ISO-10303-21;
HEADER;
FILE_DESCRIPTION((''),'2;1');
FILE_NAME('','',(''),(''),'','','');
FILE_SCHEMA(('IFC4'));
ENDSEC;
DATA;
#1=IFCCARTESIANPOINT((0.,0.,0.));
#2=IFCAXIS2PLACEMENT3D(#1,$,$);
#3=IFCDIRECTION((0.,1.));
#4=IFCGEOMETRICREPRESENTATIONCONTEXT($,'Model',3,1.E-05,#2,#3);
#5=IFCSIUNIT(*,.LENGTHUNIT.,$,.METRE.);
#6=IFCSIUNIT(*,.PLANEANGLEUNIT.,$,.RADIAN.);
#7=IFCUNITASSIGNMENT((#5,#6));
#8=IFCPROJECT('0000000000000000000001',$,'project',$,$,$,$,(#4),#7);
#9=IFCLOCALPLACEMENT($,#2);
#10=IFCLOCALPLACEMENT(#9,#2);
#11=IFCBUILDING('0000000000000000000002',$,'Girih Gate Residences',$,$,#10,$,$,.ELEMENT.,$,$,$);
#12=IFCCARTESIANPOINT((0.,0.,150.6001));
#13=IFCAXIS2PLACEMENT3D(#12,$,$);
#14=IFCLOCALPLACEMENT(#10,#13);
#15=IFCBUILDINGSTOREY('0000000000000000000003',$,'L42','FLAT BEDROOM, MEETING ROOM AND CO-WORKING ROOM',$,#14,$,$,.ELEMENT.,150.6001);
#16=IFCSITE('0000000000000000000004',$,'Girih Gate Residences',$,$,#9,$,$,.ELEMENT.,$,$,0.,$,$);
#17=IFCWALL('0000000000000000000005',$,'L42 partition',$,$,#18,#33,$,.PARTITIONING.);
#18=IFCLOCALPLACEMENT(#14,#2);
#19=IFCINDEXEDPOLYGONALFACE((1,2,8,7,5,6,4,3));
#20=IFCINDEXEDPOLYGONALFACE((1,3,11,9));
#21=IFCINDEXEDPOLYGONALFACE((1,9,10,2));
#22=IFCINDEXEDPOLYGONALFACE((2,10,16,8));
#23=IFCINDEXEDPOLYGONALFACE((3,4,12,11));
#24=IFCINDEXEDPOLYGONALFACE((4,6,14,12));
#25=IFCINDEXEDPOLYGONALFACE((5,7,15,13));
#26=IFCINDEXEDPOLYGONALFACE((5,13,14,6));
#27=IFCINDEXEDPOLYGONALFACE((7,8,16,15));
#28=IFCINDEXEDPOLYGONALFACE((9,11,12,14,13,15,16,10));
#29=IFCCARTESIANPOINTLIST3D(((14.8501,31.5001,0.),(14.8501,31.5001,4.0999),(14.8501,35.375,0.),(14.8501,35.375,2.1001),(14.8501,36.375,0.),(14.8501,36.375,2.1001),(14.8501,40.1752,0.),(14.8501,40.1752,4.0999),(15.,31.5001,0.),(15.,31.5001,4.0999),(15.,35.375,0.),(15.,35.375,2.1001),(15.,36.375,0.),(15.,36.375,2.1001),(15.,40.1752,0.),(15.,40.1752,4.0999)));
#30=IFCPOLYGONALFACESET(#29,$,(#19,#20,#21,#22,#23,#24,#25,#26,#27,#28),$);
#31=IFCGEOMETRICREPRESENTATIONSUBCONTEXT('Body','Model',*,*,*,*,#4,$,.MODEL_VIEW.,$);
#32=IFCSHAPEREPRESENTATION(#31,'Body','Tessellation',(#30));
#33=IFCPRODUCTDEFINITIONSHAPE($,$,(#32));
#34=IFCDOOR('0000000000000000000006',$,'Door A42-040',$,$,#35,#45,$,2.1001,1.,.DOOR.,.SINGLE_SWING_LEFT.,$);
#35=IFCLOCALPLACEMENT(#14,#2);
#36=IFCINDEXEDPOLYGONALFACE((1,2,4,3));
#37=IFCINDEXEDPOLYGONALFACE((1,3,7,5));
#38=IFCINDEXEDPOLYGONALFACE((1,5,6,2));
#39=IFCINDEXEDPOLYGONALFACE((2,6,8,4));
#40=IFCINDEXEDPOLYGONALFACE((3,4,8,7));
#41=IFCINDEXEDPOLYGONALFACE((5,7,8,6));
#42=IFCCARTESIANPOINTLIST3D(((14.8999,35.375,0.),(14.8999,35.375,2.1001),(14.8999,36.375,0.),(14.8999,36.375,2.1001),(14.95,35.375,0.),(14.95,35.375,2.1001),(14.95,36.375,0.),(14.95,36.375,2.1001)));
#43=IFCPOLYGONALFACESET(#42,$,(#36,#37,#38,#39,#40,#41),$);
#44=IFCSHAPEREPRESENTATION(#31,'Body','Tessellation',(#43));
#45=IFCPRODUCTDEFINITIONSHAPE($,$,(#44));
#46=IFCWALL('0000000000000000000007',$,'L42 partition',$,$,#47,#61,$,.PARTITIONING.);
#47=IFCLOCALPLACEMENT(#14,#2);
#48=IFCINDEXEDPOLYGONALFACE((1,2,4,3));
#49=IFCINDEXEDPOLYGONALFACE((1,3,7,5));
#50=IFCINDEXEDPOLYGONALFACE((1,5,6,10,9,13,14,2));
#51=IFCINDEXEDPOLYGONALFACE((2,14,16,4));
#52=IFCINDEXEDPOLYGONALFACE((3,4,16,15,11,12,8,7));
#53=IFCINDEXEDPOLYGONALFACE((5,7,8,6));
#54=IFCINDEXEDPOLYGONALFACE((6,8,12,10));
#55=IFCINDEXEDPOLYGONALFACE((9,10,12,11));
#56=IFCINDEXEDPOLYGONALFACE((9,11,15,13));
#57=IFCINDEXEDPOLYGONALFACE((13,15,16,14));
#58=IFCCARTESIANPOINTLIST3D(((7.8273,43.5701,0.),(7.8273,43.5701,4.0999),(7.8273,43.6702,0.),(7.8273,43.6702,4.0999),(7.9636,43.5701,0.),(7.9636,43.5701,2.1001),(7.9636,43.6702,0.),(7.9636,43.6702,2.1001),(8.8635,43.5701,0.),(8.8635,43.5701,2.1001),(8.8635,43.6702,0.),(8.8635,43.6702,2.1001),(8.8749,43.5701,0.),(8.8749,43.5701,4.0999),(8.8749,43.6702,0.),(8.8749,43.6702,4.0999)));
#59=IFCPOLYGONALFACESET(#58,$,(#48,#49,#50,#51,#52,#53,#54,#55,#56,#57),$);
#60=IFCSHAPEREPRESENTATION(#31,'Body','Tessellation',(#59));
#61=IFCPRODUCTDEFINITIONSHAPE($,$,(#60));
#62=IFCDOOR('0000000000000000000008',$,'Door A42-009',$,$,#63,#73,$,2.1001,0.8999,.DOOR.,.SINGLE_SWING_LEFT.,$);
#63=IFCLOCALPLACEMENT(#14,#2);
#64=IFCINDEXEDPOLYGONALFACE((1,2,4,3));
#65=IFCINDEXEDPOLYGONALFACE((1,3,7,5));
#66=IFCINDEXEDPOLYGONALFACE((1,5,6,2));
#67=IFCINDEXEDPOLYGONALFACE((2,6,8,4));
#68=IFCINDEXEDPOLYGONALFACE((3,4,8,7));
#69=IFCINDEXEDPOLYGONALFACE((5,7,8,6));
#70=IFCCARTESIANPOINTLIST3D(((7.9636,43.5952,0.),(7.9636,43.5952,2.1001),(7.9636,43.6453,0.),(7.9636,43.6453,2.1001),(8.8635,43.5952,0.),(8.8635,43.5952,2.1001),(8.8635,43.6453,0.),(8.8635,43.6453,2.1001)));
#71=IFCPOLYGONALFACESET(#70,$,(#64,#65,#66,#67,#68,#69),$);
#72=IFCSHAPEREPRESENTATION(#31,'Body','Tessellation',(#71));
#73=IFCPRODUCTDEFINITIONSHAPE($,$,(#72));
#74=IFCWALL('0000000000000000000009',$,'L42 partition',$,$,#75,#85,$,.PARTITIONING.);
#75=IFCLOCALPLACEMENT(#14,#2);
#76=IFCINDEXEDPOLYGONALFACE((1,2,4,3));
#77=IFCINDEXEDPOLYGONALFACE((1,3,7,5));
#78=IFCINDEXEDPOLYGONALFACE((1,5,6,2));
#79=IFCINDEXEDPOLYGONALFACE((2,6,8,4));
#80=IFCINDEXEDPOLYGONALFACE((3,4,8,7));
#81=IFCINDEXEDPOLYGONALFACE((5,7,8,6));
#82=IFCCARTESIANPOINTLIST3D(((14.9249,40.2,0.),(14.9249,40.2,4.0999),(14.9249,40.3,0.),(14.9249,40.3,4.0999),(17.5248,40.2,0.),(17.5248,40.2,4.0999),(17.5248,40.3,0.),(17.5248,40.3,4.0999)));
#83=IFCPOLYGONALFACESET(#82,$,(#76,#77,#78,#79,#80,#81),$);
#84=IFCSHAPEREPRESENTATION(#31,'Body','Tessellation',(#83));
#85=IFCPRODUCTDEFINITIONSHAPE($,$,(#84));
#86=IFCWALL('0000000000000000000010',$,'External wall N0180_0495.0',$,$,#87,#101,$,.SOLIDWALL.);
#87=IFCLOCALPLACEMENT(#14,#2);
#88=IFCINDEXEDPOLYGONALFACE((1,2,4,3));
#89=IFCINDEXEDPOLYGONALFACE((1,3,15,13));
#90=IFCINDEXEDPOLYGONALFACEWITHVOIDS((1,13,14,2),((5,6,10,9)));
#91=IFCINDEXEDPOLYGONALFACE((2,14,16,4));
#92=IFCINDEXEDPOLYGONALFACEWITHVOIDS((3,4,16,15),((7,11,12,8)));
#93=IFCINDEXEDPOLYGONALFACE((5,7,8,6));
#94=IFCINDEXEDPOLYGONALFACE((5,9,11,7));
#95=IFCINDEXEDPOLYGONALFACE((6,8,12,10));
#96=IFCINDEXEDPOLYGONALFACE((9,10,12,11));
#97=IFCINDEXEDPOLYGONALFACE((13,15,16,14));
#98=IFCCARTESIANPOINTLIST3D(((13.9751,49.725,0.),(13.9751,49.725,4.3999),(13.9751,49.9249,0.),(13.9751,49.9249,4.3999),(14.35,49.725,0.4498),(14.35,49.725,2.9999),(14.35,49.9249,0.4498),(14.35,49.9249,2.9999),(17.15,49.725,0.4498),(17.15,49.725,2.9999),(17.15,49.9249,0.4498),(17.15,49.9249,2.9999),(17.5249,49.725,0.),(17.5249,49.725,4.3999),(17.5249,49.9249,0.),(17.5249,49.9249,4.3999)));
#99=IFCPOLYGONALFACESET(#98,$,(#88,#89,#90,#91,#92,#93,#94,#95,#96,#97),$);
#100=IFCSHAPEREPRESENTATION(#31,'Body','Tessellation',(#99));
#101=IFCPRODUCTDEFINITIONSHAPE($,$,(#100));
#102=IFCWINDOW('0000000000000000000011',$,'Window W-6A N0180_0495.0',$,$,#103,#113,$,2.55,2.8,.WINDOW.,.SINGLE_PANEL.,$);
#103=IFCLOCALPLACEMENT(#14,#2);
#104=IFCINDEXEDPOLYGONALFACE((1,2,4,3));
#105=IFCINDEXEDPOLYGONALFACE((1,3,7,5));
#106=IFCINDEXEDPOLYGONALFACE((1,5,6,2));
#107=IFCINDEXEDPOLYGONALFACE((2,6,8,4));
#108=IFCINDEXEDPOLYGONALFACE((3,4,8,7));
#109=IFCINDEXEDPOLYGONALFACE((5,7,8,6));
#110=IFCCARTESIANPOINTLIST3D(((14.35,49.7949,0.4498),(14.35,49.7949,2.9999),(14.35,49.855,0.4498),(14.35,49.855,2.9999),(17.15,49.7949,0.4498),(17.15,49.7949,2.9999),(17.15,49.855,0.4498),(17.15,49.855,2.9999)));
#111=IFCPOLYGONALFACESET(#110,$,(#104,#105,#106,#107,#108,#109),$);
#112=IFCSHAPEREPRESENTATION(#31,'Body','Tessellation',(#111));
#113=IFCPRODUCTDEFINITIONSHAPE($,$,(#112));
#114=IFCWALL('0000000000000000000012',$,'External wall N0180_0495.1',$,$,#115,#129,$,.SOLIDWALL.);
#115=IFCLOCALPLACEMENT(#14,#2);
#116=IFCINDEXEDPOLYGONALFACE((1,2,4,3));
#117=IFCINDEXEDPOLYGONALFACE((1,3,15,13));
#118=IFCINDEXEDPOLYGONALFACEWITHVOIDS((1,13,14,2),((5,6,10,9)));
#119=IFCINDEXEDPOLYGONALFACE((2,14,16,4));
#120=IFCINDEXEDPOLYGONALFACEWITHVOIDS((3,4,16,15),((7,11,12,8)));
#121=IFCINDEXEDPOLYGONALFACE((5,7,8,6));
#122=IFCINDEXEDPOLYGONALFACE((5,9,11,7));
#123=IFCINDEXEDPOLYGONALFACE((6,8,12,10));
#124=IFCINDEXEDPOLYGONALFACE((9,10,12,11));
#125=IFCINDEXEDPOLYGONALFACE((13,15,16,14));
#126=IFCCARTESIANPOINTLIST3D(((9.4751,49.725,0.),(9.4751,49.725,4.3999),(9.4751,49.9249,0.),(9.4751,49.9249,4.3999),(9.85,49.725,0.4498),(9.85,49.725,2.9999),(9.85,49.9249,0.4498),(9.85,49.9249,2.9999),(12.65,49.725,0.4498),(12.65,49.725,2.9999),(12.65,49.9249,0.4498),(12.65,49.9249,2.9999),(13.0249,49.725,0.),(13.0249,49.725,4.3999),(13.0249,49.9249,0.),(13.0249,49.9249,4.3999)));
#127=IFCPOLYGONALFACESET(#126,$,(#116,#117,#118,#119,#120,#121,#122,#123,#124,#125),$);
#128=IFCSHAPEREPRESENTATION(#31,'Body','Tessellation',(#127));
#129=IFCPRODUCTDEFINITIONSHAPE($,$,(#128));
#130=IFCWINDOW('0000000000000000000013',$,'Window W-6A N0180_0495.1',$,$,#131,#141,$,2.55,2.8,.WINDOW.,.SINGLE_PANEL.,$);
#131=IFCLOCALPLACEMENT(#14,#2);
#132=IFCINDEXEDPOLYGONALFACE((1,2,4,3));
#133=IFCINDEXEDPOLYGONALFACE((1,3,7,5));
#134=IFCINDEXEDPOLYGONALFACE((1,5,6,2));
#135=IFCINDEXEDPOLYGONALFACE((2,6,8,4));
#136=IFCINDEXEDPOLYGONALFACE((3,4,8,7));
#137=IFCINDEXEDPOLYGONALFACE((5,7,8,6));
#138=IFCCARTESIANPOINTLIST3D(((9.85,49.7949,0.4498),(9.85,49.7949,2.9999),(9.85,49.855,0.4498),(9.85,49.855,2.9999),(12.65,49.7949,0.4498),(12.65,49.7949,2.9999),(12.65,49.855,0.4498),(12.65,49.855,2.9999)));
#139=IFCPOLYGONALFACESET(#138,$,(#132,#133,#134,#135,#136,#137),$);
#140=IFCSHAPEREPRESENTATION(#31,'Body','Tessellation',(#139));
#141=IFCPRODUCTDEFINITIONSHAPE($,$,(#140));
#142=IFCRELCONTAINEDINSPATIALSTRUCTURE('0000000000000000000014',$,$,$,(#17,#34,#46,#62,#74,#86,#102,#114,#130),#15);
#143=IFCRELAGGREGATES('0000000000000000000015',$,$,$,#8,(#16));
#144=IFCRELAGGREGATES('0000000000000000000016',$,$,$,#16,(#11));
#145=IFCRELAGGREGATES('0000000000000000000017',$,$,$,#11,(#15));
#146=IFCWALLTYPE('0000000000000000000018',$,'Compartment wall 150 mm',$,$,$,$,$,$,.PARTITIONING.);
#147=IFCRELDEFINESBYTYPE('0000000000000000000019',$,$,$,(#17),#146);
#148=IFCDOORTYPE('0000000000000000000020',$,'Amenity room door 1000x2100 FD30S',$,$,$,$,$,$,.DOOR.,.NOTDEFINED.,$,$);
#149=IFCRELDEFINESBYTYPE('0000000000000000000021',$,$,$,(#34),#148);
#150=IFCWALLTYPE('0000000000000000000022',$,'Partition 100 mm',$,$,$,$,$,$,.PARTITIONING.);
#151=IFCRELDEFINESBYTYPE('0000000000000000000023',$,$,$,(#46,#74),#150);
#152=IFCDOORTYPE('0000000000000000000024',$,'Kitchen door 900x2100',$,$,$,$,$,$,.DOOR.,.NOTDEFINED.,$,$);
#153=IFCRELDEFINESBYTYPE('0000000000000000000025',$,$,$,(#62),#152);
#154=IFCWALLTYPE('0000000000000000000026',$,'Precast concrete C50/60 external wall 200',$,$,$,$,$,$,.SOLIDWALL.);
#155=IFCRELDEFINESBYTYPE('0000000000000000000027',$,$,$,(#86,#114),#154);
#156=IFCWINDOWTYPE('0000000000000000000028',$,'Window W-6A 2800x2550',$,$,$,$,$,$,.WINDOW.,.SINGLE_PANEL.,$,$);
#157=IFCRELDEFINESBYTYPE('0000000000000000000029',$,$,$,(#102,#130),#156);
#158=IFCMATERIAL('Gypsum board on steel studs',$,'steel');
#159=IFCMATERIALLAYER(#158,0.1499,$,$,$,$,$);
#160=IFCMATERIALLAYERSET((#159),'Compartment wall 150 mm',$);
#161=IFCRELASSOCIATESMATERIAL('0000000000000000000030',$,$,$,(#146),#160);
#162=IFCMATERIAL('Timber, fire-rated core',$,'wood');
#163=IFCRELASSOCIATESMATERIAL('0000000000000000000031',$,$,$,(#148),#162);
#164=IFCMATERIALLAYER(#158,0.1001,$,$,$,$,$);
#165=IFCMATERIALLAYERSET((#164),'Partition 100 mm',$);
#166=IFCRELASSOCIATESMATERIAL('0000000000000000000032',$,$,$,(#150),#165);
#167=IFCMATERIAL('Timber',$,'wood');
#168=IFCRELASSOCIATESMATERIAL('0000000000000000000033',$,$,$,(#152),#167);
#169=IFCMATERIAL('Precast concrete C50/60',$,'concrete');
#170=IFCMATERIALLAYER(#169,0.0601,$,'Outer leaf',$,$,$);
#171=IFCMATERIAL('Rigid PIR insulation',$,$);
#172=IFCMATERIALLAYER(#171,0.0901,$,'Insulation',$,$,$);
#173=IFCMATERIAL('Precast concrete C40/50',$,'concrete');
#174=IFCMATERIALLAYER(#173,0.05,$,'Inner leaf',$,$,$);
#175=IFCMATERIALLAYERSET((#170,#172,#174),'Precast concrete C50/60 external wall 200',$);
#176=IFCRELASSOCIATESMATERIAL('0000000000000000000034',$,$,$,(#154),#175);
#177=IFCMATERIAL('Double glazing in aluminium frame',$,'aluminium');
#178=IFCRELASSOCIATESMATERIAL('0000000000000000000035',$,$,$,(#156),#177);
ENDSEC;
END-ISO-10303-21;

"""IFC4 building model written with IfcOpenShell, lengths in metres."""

from ifc_helpers import new_model, si_unit, direction, frame, frame_2d, origin, place, context, subcontext, project, spatial, rectangle, extrude, material, layer, layer_set, type_object, element, fill, save


model = new_model("IFC4")

# Units and contexts
model_context = context("Model", 3, precision=1e-05, world=origin(), true_north=direction((0.0, 1.0)))
body_context = subcontext(model_context, "Body", "Model", "MODEL_VIEW")
ifc_project = project(units=[si_unit("LENGTHUNIT", "METRE"), si_unit("PLANEANGLEUNIT", "RADIAN")], contexts=[model_context])

# Site, building, storey
site_placement = place(None, origin())
site = spatial("IfcSite", under=ifc_project, at=site_placement, Name="Girih Gate Residences", CompositionType="ELEMENT", RefElevation=0.0)
building_placement = place(site_placement, origin())
building = spatial("IfcBuilding", under=site, at=building_placement, Name="Girih Gate Residences", CompositionType="ELEMENT")
storey_placement = place(building_placement, frame((0.0, 0.0, 150.6001)))
storey = spatial("IfcBuildingStorey", under=building, at=storey_placement, Name="L42", Description="FLAT BEDROOM, MEETING ROOM AND CO-WORKING ROOM", CompositionType="ELEMENT", Elevation=150.6001)

# Shared definitions
ifc_material_1 = material(Name="Gypsum board on steel studs", Category="steel")

# Walls, openings, doors
ifc_layer_1 = layer(ifc_material_1, 0.1499)
ifc_layer_set_1 = layer_set([ifc_layer_1], Name="Compartment wall 150 mm")
wall_type_1 = type_object("IfcWallType", Name="Compartment wall 150 mm", PredefinedType="PARTITIONING", material=ifc_layer_set_1)
ifc_material_2 = material(Name="Timber, fire-rated core", Category="wood")
door_type_1 = type_object("IfcDoorType", Name="Amenity room door 1000x2100 FD30S", OperationType="NOTDEFINED", PredefinedType="DOOR", material=ifc_material_2)
wall_1_placement = place(storey_placement, frame((14.925, 40.175, 0.0), z_axis=(0.0, 0.0, 1.0), x_axis=(0.0, -1.0, 0.0)))
wall_1 = element("IfcWall", 1, at=wall_1_placement, inside=storey, type_object=wall_type_1, Name="L42 partition", PredefinedType="PARTITIONING", context=body_context, shape_type="SweptSolid", body=[
    extrude(rectangle(XDim=8.675, YDim=0.1499, at=frame_2d((4.3374, 0.0))), origin(), (0.0, 0.0, 1.0), 4.0999),
])
opening_1_placement = place(wall_1_placement, frame((3.8, 0.0, 0.0)))
opening_1 = element("IfcOpeningElement", 2, at=opening_1_placement, cuts=wall_1, PredefinedType="OPENING", context=body_context, shape_type="SweptSolid", body=[
    extrude(rectangle(XDim=1.0, YDim=2.1001, at=frame_2d((0.5, 1.05))), frame((0.0, 0.085, 0.0), z_axis=(0.0, -1.0, 0.0), x_axis=(1.0, 0.0, 0.0)), (0.0, 0.0, 1.0), 0.1699),
])
door_1_placement = place(opening_1_placement, origin())
door_1 = element("IfcDoor", 3, at=door_1_placement, inside=storey, type_object=door_type_1, Name="Door A42-040", OperationType="SINGLE_SWING_LEFT", OverallHeight=2.1001, OverallWidth=1.0, PredefinedType="DOOR", context=body_context, shape_type="SweptSolid", body=[
    extrude(rectangle(XDim=1.0, YDim=2.1001, at=frame_2d((0.5, 1.05))), frame((0.0, 0.0249, 0.0), z_axis=(0.0, -1.0, 0.0), x_axis=(1.0, 0.0, 0.0)), (0.0, 0.0, 1.0), 0.05),
])
fill(opening_1, door_1)
ifc_layer_2 = layer(ifc_material_1, 0.1001)
ifc_layer_set_2 = layer_set([ifc_layer_2], Name="Partition 100 mm")
wall_type_2 = type_object("IfcWallType", Name="Partition 100 mm", PredefinedType="PARTITIONING", material=ifc_layer_set_2)
wall_2_placement = place(storey_placement, frame((8.875, 43.6201, 0.0), z_axis=(0.0, 0.0, 1.0), x_axis=(-1.0, 0.0, 0.0)))
wall_2 = element("IfcWall", 4, at=wall_2_placement, inside=storey, type_object=wall_type_2, Name="L42 partition", PredefinedType="PARTITIONING", context=body_context, shape_type="SweptSolid", body=[
    extrude(rectangle(XDim=1.0476, YDim=0.1001, at=frame_2d((0.5239, 0.0))), origin(), (0.0, 0.0, 1.0), 4.0999),
])
opening_2_placement = place(wall_2_placement, frame((0.0115, 0.0, 0.0)))
opening_2 = element("IfcOpeningElement", 5, at=opening_2_placement, cuts=wall_2, PredefinedType="OPENING", context=body_context, shape_type="SweptSolid", body=[
    extrude(rectangle(XDim=0.8999, YDim=2.1001, at=frame_2d((0.45, 1.05))), frame((0.0, 0.0601, 0.0), z_axis=(0.0, -1.0, 0.0), x_axis=(1.0, 0.0, 0.0)), (0.0, 0.0, 1.0), 0.1201),
])
ifc_material_3 = material(Name="Timber", Category="wood")
door_type_2 = type_object("IfcDoorType", Name="Kitchen door 900x2100", OperationType="NOTDEFINED", PredefinedType="DOOR", material=ifc_material_3)
door_2_placement = place(opening_2_placement, origin())
door_2 = element("IfcDoor", 6, at=door_2_placement, inside=storey, type_object=door_type_2, Name="Door A42-009", OperationType="SINGLE_SWING_LEFT", OverallHeight=2.1001, OverallWidth=0.8999, PredefinedType="DOOR", context=body_context, shape_type="SweptSolid", body=[
    extrude(rectangle(XDim=0.8999, YDim=2.1001, at=frame_2d((0.45, 1.05))), frame((0.0, 0.0249, 0.0), z_axis=(0.0, -1.0, 0.0), x_axis=(1.0, 0.0, 0.0)), (0.0, 0.0, 1.0), 0.05),
])
fill(opening_2, door_2)

# Wall
wall_3_placement = place(storey_placement, frame((14.925, 40.25, 0.0), z_axis=(0.0, 0.0, 1.0), x_axis=(1.0, 0.0, 0.0)))
element("IfcWall", 7, at=wall_3_placement, inside=storey, type_object=wall_type_2, Name="L42 partition", PredefinedType="PARTITIONING", context=body_context, shape_type="SweptSolid", body=[
    extrude(rectangle(XDim=2.5999, YDim=0.1001, at=frame_2d((1.2998, 0.0))), origin(), (0.0, 0.0, 1.0), 4.0999),
])

# Walls, openings, windows
ifc_material_4 = material(Name="Precast concrete C50/60", Category="concrete")
ifc_layer_3 = layer(ifc_material_4, 0.0601, Name="Outer leaf")
ifc_material_5 = material(Name="Rigid PIR insulation")
ifc_layer_4 = layer(ifc_material_5, 0.0901, Name="Insulation")
ifc_material_6 = material(Name="Precast concrete C40/50", Category="concrete")
ifc_layer_5 = layer(ifc_material_6, 0.05, Name="Inner leaf")
ifc_layer_set_3 = layer_set([ifc_layer_3, ifc_layer_4, ifc_layer_5], Name="Precast concrete C50/60 external wall 200")
wall_type_3 = type_object("IfcWallType", Name="Precast concrete C50/60 external wall 200", PredefinedType="SOLIDWALL", material=ifc_layer_set_3)
wall_4_placement = place(storey_placement, frame((13.9751, 49.825, 0.0), z_axis=(0.0, 0.0, 1.0), x_axis=(1.0, 0.0, 0.0)))
wall_4 = element("IfcWall", 8, at=wall_4_placement, inside=storey, type_object=wall_type_3, Name="External wall N0180_0495.0", PredefinedType="SOLIDWALL", context=body_context, shape_type="SweptSolid", body=[
    extrude(rectangle(XDim=3.5498, YDim=0.2, at=frame_2d((1.7749, 0.0))), origin(), (0.0, 0.0, 1.0), 4.3999),
])
opening_3_placement = place(wall_4_placement, frame((0.375, 0.0, 0.45)))
opening_3 = element("IfcOpeningElement", 9, at=opening_3_placement, cuts=wall_4, PredefinedType="OPENING", context=body_context, shape_type="SweptSolid", body=[
    extrude(rectangle(XDim=2.8, YDim=2.55, at=frame_2d((1.3999, 1.2749))), frame((0.0, 0.1099, 0.0), z_axis=(0.0, -1.0, 0.0), x_axis=(1.0, 0.0, 0.0)), (0.0, 0.0, 1.0), 0.22),
])
ifc_material_7 = material(Name="Double glazing in aluminium frame", Category="aluminium")
window_type = type_object("IfcWindowType", Name="Window W-6A 2800x2550", PartitioningType="SINGLE_PANEL", PredefinedType="WINDOW", material=ifc_material_7)
window_1_placement = place(opening_3_placement, origin())
window_1 = element("IfcWindow", 10, at=window_1_placement, inside=storey, type_object=window_type, Name="Window W-6A N0180_0495.0", OverallHeight=2.55, OverallWidth=2.8, PartitioningType="SINGLE_PANEL", PredefinedType="WINDOW", context=body_context, shape_type="SweptSolid", body=[
    extrude(rectangle(XDim=2.8, YDim=2.55, at=frame_2d((1.3999, 1.2749))), frame((0.0, 0.03, 0.0), z_axis=(0.0, -1.0, 0.0), x_axis=(1.0, 0.0, 0.0)), (0.0, 0.0, 1.0), 0.0601),
])
fill(opening_3, window_1)
wall_5_placement = place(storey_placement, frame((9.4751, 49.825, 0.0), z_axis=(0.0, 0.0, 1.0), x_axis=(1.0, 0.0, 0.0)))
wall_5 = element("IfcWall", 11, at=wall_5_placement, inside=storey, type_object=wall_type_3, Name="External wall N0180_0495.1", PredefinedType="SOLIDWALL", context=body_context, shape_type="SweptSolid", body=[
    extrude(rectangle(XDim=3.5498, YDim=0.2, at=frame_2d((1.7749, 0.0))), origin(), (0.0, 0.0, 1.0), 4.3999),
])
opening_4_placement = place(wall_5_placement, frame((0.375, 0.0, 0.45)))
opening_4 = element("IfcOpeningElement", 12, at=opening_4_placement, cuts=wall_5, PredefinedType="OPENING", context=body_context, shape_type="SweptSolid", body=[
    extrude(rectangle(XDim=2.8, YDim=2.55, at=frame_2d((1.3999, 1.2749))), frame((0.0, 0.1099, 0.0), z_axis=(0.0, -1.0, 0.0), x_axis=(1.0, 0.0, 0.0)), (0.0, 0.0, 1.0), 0.22),
])
window_2_placement = place(opening_4_placement, origin())
window_2 = element("IfcWindow", 13, at=window_2_placement, inside=storey, type_object=window_type, Name="Window W-6A N0180_0495.1", OverallHeight=2.55, OverallWidth=2.8, PartitioningType="SINGLE_PANEL", PredefinedType="WINDOW", context=body_context, shape_type="SweptSolid", body=[
    extrude(rectangle(XDim=2.8, YDim=2.55, at=frame_2d((1.3999, 1.2749))), frame((0.0, 0.03, 0.0), z_axis=(0.0, -1.0, 0.0), x_axis=(1.0, 0.0, 0.0)), (0.0, 0.0, 1.0), 0.0601),
])
fill(opening_4, window_2)

save(model, "model.ifc")
